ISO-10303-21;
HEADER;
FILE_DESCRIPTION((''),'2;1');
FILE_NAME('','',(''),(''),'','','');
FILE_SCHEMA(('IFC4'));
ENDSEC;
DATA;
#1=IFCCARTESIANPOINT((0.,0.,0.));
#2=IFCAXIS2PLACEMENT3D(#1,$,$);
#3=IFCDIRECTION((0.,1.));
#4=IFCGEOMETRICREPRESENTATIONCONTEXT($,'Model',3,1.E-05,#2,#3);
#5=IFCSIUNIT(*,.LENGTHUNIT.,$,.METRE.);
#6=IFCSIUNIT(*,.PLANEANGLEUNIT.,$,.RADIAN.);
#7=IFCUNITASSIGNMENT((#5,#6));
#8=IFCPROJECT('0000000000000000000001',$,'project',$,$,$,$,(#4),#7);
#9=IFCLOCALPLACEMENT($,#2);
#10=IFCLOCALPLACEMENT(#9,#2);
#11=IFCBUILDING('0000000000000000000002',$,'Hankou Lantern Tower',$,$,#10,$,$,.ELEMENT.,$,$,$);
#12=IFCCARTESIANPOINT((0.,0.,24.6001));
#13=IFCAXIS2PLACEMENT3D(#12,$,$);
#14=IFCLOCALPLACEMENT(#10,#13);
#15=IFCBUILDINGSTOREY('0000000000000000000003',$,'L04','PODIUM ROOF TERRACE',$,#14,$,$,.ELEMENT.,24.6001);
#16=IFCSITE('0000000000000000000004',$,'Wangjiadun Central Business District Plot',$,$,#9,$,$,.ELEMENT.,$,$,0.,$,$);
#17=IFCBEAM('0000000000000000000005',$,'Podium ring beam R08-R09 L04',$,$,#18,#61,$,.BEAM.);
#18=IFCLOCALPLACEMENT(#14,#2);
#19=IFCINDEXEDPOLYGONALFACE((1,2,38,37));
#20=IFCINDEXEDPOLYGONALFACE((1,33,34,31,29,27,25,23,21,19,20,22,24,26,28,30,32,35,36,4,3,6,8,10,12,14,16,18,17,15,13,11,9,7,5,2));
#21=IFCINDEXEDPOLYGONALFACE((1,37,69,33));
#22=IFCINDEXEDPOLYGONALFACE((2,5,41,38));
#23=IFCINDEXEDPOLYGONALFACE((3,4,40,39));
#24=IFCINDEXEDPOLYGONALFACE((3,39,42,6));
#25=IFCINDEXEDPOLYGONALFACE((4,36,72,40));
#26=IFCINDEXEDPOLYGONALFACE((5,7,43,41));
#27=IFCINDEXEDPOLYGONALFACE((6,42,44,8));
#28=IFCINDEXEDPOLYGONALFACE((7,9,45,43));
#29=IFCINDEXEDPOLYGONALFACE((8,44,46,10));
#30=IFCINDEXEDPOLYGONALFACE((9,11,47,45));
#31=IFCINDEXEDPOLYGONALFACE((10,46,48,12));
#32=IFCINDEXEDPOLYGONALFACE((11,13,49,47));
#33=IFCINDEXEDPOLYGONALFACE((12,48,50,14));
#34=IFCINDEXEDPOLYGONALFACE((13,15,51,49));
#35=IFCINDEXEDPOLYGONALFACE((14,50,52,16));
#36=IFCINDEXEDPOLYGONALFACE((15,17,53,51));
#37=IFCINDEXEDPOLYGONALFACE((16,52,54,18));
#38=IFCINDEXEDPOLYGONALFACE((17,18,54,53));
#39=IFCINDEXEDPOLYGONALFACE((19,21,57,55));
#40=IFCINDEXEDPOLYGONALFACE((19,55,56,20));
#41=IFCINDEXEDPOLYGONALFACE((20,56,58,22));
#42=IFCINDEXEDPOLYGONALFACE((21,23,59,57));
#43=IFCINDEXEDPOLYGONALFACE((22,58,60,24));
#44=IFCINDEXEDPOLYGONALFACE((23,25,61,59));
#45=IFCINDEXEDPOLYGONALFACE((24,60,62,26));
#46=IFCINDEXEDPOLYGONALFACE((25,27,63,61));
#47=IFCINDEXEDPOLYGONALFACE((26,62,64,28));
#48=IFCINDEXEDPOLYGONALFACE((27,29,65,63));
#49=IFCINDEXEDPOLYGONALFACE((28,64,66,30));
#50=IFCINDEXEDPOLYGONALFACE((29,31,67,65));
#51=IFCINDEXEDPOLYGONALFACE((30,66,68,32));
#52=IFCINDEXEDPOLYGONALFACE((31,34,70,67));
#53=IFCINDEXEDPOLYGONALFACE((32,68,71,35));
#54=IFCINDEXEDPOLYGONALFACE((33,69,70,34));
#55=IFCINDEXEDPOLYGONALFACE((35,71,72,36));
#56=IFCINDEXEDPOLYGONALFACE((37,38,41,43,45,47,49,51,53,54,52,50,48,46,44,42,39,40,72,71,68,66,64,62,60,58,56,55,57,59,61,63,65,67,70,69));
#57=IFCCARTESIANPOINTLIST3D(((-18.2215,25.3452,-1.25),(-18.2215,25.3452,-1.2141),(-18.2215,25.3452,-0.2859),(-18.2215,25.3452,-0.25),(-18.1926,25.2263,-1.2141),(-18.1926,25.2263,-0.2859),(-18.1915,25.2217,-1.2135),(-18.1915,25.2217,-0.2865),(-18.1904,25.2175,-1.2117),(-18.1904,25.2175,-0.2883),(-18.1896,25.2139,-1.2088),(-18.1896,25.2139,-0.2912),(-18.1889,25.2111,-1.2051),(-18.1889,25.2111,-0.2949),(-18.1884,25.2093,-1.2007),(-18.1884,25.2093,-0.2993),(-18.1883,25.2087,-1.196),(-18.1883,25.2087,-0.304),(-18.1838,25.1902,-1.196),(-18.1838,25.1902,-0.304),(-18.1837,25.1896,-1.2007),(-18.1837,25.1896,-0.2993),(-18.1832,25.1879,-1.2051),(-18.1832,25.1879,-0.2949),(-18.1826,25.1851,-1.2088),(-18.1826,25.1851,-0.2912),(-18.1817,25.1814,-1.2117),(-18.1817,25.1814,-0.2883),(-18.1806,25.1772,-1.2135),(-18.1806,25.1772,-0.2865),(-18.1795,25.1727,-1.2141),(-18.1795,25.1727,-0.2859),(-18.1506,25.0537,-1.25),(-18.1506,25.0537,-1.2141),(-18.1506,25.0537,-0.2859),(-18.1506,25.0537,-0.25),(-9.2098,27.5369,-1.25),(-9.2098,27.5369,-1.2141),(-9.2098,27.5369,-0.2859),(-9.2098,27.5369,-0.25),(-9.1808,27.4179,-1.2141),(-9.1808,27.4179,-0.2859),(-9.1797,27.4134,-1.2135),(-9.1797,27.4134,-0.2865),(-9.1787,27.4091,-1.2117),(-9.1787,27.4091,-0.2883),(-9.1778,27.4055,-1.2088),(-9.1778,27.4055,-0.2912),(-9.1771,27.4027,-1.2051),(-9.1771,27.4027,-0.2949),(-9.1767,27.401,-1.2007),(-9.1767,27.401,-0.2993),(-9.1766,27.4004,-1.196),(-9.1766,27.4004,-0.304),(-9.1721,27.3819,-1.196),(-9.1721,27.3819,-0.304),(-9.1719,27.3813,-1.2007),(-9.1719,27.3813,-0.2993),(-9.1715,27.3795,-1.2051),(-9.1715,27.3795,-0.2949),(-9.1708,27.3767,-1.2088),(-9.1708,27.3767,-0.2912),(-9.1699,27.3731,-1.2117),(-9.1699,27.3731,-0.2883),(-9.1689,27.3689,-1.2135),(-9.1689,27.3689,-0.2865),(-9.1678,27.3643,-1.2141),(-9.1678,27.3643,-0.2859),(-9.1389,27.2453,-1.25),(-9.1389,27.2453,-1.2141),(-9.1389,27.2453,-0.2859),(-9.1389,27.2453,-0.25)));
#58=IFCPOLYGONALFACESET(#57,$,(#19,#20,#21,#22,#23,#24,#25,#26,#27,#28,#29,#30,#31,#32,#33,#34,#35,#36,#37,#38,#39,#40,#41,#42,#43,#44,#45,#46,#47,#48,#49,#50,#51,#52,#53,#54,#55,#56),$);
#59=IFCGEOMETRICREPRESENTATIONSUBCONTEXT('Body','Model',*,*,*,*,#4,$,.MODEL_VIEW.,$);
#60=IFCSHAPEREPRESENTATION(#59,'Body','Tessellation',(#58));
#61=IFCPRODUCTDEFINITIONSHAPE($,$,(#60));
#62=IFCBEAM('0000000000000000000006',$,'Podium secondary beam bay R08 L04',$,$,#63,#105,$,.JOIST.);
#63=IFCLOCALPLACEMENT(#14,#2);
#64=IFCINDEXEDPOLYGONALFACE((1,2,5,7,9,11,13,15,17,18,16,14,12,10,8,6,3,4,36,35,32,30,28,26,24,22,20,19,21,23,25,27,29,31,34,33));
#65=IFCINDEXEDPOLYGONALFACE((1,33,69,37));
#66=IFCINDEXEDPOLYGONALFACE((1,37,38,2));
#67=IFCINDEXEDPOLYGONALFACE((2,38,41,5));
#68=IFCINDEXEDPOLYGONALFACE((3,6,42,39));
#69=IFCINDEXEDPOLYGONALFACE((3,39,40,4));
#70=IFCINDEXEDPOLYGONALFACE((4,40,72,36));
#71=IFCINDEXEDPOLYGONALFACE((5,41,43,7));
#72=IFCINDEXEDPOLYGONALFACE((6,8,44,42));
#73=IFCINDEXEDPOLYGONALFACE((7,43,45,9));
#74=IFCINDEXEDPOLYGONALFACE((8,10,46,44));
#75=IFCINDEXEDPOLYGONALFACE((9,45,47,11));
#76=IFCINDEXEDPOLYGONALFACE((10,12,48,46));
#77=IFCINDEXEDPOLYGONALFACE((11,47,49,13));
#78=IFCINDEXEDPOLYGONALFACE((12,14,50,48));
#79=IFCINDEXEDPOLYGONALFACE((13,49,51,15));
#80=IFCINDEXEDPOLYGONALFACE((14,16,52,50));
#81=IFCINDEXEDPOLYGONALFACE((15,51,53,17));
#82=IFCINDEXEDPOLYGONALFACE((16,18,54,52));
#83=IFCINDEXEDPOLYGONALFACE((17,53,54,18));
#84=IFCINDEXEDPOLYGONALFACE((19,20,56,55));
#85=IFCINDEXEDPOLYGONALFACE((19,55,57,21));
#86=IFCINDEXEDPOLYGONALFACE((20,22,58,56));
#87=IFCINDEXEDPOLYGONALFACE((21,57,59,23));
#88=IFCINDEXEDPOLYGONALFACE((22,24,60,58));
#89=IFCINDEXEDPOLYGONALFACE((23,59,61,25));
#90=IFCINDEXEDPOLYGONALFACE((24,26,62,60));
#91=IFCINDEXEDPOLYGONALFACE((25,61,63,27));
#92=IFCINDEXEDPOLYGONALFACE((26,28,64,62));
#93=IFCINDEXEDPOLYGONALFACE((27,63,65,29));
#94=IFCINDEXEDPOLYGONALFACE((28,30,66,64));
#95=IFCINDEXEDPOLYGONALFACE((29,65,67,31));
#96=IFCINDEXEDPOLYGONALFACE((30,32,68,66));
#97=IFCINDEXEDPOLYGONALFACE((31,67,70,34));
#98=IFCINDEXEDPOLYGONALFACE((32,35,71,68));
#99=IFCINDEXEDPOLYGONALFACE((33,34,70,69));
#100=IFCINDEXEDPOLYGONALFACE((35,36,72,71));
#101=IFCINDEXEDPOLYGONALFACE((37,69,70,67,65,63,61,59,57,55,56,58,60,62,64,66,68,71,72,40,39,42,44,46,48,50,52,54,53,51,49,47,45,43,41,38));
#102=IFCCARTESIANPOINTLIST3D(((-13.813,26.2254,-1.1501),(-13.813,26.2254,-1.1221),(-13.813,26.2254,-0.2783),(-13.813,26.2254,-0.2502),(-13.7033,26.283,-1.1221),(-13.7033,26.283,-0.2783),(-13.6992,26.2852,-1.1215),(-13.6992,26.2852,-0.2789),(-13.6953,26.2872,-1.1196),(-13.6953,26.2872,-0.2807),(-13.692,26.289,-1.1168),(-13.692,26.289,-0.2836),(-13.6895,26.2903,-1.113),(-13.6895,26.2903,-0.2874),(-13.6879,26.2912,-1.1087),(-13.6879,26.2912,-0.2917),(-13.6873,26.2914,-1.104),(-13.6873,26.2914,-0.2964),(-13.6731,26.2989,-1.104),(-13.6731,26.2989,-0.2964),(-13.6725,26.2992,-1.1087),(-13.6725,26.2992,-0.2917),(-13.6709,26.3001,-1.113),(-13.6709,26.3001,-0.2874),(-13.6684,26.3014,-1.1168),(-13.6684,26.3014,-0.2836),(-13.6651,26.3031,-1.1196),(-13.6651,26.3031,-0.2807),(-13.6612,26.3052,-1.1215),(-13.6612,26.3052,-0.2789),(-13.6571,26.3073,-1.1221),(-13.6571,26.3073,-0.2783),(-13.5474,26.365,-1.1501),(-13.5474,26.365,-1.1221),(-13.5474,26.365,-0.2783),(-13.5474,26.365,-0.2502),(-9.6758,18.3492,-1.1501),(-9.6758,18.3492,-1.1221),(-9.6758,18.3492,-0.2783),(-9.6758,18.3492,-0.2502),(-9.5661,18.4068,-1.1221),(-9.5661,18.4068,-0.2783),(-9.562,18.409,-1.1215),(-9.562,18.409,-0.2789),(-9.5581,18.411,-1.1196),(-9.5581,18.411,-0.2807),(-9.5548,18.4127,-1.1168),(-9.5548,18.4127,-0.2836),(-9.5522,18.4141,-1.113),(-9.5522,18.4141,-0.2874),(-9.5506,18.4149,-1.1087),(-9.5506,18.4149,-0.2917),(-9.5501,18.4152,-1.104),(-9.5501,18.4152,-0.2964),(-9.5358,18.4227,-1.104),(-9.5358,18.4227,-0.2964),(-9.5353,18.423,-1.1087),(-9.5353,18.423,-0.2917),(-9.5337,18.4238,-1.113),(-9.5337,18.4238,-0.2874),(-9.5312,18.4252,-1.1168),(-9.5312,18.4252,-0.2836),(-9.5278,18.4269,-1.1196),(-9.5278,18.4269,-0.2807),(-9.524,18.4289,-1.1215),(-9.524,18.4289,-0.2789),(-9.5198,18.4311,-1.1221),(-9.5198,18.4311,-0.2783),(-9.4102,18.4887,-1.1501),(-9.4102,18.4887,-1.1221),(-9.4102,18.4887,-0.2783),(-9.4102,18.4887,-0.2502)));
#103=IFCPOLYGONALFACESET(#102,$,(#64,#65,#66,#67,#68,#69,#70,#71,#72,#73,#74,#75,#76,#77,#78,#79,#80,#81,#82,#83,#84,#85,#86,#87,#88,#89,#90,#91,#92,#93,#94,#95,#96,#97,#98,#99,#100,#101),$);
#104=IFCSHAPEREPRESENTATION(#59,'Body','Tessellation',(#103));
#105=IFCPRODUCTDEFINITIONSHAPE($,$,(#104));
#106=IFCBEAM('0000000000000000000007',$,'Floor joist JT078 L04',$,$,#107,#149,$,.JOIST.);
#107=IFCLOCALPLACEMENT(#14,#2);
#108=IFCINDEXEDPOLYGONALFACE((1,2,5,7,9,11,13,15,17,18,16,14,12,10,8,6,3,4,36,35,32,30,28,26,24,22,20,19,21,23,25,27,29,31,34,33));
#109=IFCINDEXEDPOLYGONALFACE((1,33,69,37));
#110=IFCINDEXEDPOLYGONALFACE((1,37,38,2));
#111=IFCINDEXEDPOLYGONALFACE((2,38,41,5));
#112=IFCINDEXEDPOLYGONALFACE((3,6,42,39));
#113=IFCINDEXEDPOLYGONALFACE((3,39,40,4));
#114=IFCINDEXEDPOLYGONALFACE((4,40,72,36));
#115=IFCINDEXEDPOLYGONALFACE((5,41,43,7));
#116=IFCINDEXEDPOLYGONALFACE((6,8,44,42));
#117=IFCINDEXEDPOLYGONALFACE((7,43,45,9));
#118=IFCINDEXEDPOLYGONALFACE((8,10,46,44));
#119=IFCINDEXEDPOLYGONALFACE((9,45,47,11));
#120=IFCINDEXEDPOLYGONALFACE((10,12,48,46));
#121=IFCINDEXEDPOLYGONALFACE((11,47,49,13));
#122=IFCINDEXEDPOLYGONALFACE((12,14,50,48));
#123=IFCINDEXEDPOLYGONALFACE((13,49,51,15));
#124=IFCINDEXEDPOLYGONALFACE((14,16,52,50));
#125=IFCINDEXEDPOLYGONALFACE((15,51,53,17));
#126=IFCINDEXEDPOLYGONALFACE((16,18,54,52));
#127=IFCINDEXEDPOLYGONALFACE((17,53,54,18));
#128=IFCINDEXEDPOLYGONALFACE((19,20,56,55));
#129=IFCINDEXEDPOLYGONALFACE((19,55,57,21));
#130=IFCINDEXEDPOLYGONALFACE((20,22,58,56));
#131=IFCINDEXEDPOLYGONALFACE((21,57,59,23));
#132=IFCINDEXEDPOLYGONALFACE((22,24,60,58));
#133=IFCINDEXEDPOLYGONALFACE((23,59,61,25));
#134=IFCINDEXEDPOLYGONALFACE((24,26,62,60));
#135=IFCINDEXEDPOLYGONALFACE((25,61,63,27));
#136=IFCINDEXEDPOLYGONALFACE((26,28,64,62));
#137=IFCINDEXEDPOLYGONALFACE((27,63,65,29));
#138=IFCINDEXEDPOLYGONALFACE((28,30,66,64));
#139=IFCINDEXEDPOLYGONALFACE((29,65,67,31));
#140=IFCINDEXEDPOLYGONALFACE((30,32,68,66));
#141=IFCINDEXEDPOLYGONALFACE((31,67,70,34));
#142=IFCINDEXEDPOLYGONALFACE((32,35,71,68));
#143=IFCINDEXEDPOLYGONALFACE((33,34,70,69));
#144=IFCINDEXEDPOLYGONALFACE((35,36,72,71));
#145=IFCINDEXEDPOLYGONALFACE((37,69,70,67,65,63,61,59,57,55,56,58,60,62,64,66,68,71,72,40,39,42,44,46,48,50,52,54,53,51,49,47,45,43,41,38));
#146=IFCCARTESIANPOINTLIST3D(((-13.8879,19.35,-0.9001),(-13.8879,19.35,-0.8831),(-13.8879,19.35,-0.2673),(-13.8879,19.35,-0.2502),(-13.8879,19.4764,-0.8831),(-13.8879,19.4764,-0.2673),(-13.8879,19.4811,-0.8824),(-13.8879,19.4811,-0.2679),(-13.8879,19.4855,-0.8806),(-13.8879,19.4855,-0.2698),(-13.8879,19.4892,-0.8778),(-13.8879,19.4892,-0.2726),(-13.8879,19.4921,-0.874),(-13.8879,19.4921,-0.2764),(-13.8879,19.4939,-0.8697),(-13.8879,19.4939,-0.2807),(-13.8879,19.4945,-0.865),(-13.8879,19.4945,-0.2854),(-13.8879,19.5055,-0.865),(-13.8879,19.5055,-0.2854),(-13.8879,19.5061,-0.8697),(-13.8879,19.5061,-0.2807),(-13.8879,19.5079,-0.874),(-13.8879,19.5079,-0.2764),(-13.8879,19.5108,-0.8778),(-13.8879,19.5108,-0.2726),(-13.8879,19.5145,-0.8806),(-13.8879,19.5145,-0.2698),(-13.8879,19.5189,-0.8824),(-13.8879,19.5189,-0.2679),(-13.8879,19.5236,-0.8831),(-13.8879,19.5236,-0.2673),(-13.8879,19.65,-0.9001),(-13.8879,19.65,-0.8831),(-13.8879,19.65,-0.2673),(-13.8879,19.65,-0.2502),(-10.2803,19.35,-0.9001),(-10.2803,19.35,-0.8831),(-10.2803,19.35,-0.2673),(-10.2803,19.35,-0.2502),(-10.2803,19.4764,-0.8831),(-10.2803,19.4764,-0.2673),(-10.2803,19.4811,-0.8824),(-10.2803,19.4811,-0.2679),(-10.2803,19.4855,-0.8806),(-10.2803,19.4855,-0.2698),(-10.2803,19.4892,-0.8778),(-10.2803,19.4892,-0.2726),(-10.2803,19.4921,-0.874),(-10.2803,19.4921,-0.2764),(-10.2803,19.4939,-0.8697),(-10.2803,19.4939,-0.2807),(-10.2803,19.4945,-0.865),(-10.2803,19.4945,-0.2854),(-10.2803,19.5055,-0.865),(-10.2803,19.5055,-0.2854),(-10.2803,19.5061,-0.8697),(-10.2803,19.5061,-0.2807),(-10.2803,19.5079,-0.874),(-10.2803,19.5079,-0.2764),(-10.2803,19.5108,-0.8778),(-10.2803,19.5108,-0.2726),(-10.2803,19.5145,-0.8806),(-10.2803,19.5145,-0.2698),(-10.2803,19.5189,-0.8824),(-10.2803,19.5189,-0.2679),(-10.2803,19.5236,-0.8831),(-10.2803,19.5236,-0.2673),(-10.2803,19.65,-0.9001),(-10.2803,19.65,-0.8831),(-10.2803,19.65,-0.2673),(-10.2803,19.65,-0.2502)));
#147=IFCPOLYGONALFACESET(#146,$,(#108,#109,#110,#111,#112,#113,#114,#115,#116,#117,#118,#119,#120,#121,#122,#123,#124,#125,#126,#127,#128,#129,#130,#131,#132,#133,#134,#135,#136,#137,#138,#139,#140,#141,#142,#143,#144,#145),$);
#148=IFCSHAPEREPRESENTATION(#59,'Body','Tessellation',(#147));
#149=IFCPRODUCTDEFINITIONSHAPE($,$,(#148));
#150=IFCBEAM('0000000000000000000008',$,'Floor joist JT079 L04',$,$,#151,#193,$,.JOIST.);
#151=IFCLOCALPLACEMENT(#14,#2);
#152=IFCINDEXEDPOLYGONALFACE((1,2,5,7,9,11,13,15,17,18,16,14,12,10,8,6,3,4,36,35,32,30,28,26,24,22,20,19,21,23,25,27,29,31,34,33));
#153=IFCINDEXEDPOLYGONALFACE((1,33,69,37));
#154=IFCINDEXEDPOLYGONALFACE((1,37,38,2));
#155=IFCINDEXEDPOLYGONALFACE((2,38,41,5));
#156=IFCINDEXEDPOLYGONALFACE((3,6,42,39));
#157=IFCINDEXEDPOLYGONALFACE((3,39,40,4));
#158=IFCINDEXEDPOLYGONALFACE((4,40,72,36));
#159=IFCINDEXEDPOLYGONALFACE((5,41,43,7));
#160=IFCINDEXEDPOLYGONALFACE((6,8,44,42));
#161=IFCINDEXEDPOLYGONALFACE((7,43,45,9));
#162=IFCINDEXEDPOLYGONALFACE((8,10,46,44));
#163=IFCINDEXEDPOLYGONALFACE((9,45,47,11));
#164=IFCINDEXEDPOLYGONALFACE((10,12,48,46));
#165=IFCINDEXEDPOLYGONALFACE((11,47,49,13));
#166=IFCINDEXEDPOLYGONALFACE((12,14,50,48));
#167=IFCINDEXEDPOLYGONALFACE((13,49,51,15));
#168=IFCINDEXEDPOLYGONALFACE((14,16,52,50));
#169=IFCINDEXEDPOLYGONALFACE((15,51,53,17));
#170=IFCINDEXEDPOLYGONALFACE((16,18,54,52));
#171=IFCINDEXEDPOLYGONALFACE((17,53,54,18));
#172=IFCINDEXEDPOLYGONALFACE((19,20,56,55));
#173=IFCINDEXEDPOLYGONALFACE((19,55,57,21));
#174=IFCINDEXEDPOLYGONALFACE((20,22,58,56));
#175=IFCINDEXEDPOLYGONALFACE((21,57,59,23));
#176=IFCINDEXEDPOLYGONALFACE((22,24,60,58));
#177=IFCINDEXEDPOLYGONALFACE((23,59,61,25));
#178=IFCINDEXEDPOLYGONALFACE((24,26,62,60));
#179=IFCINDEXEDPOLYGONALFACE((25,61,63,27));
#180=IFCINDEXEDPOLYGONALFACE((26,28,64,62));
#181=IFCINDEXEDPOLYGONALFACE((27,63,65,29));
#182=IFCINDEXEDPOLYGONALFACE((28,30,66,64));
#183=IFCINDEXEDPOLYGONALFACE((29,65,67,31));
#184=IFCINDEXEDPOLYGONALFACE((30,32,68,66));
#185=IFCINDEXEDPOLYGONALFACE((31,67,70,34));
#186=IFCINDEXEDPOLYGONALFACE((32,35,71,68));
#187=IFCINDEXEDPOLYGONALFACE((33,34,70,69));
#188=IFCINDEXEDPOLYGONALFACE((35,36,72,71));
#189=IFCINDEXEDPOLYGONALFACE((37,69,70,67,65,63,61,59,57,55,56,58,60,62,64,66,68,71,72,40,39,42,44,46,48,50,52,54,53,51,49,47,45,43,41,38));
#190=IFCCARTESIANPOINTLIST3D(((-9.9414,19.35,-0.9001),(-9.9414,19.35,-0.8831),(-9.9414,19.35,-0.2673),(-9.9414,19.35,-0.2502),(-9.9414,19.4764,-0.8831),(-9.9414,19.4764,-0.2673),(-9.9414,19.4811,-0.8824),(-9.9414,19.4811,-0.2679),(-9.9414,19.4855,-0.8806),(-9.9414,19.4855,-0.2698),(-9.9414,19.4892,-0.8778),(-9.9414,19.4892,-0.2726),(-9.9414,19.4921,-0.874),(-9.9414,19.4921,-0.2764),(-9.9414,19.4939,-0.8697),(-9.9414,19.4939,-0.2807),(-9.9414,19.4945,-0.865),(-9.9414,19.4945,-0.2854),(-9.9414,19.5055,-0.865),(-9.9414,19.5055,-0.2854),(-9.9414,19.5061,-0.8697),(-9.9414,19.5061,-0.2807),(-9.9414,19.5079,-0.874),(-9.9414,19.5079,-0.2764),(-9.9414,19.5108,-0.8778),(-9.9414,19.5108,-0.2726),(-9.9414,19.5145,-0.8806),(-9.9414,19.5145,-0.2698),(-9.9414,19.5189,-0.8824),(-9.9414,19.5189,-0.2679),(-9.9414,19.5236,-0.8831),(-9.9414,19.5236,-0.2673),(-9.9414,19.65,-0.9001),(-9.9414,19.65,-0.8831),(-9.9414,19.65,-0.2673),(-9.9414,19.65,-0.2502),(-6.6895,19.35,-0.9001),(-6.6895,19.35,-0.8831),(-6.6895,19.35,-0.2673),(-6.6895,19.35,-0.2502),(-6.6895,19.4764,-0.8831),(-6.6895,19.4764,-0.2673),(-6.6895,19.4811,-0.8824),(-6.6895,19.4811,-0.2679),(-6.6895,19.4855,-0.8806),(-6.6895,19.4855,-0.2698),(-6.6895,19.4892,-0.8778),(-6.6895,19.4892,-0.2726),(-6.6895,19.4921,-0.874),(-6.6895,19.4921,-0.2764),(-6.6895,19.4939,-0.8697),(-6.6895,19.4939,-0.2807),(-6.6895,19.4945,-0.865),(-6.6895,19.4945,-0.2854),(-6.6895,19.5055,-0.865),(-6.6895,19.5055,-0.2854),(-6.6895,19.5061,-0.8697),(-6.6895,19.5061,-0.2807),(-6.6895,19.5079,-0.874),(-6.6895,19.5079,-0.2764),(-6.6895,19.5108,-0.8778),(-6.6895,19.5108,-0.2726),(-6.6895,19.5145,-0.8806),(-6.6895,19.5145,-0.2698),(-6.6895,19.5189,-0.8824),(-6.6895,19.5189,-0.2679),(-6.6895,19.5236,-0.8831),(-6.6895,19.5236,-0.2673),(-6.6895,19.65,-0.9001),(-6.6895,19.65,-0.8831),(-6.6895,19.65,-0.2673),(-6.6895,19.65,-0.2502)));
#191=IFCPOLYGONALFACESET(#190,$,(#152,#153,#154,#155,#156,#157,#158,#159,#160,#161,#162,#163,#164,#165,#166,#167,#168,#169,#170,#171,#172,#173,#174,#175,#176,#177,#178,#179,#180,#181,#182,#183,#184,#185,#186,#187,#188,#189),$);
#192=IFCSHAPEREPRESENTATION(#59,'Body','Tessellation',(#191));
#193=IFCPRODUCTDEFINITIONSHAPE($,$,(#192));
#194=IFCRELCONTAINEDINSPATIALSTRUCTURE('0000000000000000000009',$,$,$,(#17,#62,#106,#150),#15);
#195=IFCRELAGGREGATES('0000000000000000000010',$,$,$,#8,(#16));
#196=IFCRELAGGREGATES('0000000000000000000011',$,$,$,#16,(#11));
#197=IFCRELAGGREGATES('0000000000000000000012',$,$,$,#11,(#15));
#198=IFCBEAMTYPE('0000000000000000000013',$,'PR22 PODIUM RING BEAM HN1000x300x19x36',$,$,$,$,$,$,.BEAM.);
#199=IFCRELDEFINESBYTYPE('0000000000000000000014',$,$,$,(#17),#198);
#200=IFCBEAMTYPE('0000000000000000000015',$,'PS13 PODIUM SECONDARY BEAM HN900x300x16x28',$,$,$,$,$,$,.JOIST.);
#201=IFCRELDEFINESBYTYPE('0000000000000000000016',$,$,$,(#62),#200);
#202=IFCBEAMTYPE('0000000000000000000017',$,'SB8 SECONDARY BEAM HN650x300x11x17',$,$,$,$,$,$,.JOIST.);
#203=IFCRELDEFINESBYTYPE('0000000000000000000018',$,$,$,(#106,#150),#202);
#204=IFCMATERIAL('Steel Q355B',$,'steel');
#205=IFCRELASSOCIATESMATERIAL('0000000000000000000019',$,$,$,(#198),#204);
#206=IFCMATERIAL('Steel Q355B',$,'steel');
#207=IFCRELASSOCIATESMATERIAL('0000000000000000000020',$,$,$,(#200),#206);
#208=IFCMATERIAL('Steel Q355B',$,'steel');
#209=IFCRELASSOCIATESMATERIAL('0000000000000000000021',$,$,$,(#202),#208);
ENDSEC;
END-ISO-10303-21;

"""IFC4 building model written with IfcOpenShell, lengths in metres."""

from ifc_helpers import new_model, si_unit, direction, frame, origin, origin_2d, place, context, subcontext, project, spatial, i_section, extrude, material, material_profile, profile_set, type_object, element, save


model = new_model("IFC4")

# Units and contexts
model_context = context("Model", 3, precision=1e-05, world=origin(), true_north=direction((0.0, 1.0)))
body_context = subcontext(model_context, "Body", "Model", "MODEL_VIEW")
ifc_project = project(units=[si_unit("LENGTHUNIT", "METRE"), si_unit("PLANEANGLEUNIT", "RADIAN")], contexts=[model_context])

# Site, building, storey
site_placement = place(None, origin())
site = spatial("IfcSite", under=ifc_project, at=site_placement, Name="Wangjiadun Central Business District Plot", CompositionType="ELEMENT", RefElevation=0.0)
building_placement = place(site_placement, origin())
building = spatial("IfcBuilding", under=site, at=building_placement, Name="Hankou Lantern Tower", CompositionType="ELEMENT")
storey_placement = place(building_placement, frame((0.0, 0.0, 24.6001)))
storey = spatial("IfcBuildingStorey", under=building, at=storey_placement, Name="L04", Description="PODIUM ROOF TERRACE", CompositionType="ELEMENT", Elevation=24.6001)

# Beams
ifc_material_1 = material(Name="Steel Q355B", Category="steel")
ifc_material_profile_1 = material_profile(ifc_material_1, i_section(OverallWidth=0.3, OverallDepth=1.0, WebThickness=0.019, FlangeThickness=0.0359, FilletRadius=0.0181, at=origin_2d()), Name="HN1000x300x19x36")
ifc_profile_set_1 = profile_set([ifc_material_profile_1], Name="Steel Q355B")
beam_type_1 = type_object("IfcBeamType", Name="PR22 PODIUM RING BEAM HN1000x300x19x36", PredefinedType="BEAM", material=ifc_profile_set_1)
beam_1_placement = place(storey_placement, frame((-9.1743, 27.3911, -0.75), z_axis=(-0.971677, -0.236312, 0.0), x_axis=(0.236312, -0.971677, 0.0)))
element("IfcBeam", 1, at=beam_1_placement, inside=storey, type_object=beam_type_1, Name="Podium ring beam R08-R09 L04", PredefinedType="BEAM", context=body_context, shape_type="SweptSolid", body=[
    extrude(i_section(OverallWidth=0.3, OverallDepth=1.0, WebThickness=0.019, FlangeThickness=0.0359, FilletRadius=0.0181, at=origin_2d()), origin(), (0.0, 0.0, 1.0), 9.2744),
])
ifc_material_2 = material(Name="Steel Q355B", Category="steel")
ifc_material_profile_2 = material_profile(ifc_material_2, i_section(OverallWidth=0.3, OverallDepth=0.8999, WebThickness=0.0161, FlangeThickness=0.0281, FilletRadius=0.0181, at=origin_2d()), Name="HN900x300x16x28")
ifc_profile_set_2 = profile_set([ifc_material_profile_2], Name="Steel Q355B")
beam_type_2 = type_object("IfcBeamType", Name="PS13 PODIUM SECONDARY BEAM HN900x300x16x28", PredefinedType="JOIST", material=ifc_profile_set_2)
beam_2_placement = place(storey_placement, frame((-9.543, 18.4189, -0.7002), z_axis=(-0.465027, 0.885297, 0.0), x_axis=(-0.885297, -0.465027, 0.0)))
element("IfcBeam", 2, at=beam_2_placement, inside=storey, type_object=beam_type_2, Name="Podium secondary beam bay R08 L04", PredefinedType="JOIST", context=body_context, shape_type="SweptSolid", body=[
    extrude(i_section(OverallWidth=0.3, OverallDepth=0.8999, WebThickness=0.0161, FlangeThickness=0.0281, FilletRadius=0.0181, at=origin_2d()), origin(), (0.0, 0.0, 1.0), 8.8967),
])
ifc_material_3 = material(Name="Steel Q355B", Category="steel")
ifc_material_profile_3 = material_profile(ifc_material_3, i_section(OverallWidth=0.3, OverallDepth=0.6499, WebThickness=0.011, FlangeThickness=0.0171, FilletRadius=0.0181, at=origin_2d()), Name="HN650x300x11x17")
ifc_profile_set_3 = profile_set([ifc_material_profile_3], Name="Steel Q355B")
beam_type_3 = type_object("IfcBeamType", Name="SB8 SECONDARY BEAM HN650x300x11x17", PredefinedType="JOIST", material=ifc_profile_set_3)
beam_3_placement = place(storey_placement, frame((-13.8879, 19.5, -0.5752), z_axis=(1.0, 0.0, 0.0), x_axis=(0.0, 1.0, 0.0)))
element("IfcBeam", 3, at=beam_3_placement, inside=storey, type_object=beam_type_3, Name="Floor joist JT078 L04", PredefinedType="JOIST", context=body_context, shape_type="SweptSolid", body=[
    extrude(i_section(OverallWidth=0.3, OverallDepth=0.6499, WebThickness=0.011, FlangeThickness=0.0171, FilletRadius=0.0181, at=origin_2d()), origin(), (0.0, 0.0, 1.0), 3.6077),
])
beam_4_placement = place(storey_placement, frame((-9.9414, 19.5, -0.5752), z_axis=(1.0, 0.0, 0.0), x_axis=(0.0, 1.0, 0.0)))
element("IfcBeam", 4, at=beam_4_placement, inside=storey, type_object=beam_type_3, Name="Floor joist JT079 L04", PredefinedType="JOIST", context=body_context, shape_type="SweptSolid", body=[
    extrude(i_section(OverallWidth=0.3, OverallDepth=0.6499, WebThickness=0.011, FlangeThickness=0.0171, FilletRadius=0.0181, at=origin_2d()), origin(), (0.0, 0.0, 1.0), 3.252),
])

save(model, "model.ifc")
